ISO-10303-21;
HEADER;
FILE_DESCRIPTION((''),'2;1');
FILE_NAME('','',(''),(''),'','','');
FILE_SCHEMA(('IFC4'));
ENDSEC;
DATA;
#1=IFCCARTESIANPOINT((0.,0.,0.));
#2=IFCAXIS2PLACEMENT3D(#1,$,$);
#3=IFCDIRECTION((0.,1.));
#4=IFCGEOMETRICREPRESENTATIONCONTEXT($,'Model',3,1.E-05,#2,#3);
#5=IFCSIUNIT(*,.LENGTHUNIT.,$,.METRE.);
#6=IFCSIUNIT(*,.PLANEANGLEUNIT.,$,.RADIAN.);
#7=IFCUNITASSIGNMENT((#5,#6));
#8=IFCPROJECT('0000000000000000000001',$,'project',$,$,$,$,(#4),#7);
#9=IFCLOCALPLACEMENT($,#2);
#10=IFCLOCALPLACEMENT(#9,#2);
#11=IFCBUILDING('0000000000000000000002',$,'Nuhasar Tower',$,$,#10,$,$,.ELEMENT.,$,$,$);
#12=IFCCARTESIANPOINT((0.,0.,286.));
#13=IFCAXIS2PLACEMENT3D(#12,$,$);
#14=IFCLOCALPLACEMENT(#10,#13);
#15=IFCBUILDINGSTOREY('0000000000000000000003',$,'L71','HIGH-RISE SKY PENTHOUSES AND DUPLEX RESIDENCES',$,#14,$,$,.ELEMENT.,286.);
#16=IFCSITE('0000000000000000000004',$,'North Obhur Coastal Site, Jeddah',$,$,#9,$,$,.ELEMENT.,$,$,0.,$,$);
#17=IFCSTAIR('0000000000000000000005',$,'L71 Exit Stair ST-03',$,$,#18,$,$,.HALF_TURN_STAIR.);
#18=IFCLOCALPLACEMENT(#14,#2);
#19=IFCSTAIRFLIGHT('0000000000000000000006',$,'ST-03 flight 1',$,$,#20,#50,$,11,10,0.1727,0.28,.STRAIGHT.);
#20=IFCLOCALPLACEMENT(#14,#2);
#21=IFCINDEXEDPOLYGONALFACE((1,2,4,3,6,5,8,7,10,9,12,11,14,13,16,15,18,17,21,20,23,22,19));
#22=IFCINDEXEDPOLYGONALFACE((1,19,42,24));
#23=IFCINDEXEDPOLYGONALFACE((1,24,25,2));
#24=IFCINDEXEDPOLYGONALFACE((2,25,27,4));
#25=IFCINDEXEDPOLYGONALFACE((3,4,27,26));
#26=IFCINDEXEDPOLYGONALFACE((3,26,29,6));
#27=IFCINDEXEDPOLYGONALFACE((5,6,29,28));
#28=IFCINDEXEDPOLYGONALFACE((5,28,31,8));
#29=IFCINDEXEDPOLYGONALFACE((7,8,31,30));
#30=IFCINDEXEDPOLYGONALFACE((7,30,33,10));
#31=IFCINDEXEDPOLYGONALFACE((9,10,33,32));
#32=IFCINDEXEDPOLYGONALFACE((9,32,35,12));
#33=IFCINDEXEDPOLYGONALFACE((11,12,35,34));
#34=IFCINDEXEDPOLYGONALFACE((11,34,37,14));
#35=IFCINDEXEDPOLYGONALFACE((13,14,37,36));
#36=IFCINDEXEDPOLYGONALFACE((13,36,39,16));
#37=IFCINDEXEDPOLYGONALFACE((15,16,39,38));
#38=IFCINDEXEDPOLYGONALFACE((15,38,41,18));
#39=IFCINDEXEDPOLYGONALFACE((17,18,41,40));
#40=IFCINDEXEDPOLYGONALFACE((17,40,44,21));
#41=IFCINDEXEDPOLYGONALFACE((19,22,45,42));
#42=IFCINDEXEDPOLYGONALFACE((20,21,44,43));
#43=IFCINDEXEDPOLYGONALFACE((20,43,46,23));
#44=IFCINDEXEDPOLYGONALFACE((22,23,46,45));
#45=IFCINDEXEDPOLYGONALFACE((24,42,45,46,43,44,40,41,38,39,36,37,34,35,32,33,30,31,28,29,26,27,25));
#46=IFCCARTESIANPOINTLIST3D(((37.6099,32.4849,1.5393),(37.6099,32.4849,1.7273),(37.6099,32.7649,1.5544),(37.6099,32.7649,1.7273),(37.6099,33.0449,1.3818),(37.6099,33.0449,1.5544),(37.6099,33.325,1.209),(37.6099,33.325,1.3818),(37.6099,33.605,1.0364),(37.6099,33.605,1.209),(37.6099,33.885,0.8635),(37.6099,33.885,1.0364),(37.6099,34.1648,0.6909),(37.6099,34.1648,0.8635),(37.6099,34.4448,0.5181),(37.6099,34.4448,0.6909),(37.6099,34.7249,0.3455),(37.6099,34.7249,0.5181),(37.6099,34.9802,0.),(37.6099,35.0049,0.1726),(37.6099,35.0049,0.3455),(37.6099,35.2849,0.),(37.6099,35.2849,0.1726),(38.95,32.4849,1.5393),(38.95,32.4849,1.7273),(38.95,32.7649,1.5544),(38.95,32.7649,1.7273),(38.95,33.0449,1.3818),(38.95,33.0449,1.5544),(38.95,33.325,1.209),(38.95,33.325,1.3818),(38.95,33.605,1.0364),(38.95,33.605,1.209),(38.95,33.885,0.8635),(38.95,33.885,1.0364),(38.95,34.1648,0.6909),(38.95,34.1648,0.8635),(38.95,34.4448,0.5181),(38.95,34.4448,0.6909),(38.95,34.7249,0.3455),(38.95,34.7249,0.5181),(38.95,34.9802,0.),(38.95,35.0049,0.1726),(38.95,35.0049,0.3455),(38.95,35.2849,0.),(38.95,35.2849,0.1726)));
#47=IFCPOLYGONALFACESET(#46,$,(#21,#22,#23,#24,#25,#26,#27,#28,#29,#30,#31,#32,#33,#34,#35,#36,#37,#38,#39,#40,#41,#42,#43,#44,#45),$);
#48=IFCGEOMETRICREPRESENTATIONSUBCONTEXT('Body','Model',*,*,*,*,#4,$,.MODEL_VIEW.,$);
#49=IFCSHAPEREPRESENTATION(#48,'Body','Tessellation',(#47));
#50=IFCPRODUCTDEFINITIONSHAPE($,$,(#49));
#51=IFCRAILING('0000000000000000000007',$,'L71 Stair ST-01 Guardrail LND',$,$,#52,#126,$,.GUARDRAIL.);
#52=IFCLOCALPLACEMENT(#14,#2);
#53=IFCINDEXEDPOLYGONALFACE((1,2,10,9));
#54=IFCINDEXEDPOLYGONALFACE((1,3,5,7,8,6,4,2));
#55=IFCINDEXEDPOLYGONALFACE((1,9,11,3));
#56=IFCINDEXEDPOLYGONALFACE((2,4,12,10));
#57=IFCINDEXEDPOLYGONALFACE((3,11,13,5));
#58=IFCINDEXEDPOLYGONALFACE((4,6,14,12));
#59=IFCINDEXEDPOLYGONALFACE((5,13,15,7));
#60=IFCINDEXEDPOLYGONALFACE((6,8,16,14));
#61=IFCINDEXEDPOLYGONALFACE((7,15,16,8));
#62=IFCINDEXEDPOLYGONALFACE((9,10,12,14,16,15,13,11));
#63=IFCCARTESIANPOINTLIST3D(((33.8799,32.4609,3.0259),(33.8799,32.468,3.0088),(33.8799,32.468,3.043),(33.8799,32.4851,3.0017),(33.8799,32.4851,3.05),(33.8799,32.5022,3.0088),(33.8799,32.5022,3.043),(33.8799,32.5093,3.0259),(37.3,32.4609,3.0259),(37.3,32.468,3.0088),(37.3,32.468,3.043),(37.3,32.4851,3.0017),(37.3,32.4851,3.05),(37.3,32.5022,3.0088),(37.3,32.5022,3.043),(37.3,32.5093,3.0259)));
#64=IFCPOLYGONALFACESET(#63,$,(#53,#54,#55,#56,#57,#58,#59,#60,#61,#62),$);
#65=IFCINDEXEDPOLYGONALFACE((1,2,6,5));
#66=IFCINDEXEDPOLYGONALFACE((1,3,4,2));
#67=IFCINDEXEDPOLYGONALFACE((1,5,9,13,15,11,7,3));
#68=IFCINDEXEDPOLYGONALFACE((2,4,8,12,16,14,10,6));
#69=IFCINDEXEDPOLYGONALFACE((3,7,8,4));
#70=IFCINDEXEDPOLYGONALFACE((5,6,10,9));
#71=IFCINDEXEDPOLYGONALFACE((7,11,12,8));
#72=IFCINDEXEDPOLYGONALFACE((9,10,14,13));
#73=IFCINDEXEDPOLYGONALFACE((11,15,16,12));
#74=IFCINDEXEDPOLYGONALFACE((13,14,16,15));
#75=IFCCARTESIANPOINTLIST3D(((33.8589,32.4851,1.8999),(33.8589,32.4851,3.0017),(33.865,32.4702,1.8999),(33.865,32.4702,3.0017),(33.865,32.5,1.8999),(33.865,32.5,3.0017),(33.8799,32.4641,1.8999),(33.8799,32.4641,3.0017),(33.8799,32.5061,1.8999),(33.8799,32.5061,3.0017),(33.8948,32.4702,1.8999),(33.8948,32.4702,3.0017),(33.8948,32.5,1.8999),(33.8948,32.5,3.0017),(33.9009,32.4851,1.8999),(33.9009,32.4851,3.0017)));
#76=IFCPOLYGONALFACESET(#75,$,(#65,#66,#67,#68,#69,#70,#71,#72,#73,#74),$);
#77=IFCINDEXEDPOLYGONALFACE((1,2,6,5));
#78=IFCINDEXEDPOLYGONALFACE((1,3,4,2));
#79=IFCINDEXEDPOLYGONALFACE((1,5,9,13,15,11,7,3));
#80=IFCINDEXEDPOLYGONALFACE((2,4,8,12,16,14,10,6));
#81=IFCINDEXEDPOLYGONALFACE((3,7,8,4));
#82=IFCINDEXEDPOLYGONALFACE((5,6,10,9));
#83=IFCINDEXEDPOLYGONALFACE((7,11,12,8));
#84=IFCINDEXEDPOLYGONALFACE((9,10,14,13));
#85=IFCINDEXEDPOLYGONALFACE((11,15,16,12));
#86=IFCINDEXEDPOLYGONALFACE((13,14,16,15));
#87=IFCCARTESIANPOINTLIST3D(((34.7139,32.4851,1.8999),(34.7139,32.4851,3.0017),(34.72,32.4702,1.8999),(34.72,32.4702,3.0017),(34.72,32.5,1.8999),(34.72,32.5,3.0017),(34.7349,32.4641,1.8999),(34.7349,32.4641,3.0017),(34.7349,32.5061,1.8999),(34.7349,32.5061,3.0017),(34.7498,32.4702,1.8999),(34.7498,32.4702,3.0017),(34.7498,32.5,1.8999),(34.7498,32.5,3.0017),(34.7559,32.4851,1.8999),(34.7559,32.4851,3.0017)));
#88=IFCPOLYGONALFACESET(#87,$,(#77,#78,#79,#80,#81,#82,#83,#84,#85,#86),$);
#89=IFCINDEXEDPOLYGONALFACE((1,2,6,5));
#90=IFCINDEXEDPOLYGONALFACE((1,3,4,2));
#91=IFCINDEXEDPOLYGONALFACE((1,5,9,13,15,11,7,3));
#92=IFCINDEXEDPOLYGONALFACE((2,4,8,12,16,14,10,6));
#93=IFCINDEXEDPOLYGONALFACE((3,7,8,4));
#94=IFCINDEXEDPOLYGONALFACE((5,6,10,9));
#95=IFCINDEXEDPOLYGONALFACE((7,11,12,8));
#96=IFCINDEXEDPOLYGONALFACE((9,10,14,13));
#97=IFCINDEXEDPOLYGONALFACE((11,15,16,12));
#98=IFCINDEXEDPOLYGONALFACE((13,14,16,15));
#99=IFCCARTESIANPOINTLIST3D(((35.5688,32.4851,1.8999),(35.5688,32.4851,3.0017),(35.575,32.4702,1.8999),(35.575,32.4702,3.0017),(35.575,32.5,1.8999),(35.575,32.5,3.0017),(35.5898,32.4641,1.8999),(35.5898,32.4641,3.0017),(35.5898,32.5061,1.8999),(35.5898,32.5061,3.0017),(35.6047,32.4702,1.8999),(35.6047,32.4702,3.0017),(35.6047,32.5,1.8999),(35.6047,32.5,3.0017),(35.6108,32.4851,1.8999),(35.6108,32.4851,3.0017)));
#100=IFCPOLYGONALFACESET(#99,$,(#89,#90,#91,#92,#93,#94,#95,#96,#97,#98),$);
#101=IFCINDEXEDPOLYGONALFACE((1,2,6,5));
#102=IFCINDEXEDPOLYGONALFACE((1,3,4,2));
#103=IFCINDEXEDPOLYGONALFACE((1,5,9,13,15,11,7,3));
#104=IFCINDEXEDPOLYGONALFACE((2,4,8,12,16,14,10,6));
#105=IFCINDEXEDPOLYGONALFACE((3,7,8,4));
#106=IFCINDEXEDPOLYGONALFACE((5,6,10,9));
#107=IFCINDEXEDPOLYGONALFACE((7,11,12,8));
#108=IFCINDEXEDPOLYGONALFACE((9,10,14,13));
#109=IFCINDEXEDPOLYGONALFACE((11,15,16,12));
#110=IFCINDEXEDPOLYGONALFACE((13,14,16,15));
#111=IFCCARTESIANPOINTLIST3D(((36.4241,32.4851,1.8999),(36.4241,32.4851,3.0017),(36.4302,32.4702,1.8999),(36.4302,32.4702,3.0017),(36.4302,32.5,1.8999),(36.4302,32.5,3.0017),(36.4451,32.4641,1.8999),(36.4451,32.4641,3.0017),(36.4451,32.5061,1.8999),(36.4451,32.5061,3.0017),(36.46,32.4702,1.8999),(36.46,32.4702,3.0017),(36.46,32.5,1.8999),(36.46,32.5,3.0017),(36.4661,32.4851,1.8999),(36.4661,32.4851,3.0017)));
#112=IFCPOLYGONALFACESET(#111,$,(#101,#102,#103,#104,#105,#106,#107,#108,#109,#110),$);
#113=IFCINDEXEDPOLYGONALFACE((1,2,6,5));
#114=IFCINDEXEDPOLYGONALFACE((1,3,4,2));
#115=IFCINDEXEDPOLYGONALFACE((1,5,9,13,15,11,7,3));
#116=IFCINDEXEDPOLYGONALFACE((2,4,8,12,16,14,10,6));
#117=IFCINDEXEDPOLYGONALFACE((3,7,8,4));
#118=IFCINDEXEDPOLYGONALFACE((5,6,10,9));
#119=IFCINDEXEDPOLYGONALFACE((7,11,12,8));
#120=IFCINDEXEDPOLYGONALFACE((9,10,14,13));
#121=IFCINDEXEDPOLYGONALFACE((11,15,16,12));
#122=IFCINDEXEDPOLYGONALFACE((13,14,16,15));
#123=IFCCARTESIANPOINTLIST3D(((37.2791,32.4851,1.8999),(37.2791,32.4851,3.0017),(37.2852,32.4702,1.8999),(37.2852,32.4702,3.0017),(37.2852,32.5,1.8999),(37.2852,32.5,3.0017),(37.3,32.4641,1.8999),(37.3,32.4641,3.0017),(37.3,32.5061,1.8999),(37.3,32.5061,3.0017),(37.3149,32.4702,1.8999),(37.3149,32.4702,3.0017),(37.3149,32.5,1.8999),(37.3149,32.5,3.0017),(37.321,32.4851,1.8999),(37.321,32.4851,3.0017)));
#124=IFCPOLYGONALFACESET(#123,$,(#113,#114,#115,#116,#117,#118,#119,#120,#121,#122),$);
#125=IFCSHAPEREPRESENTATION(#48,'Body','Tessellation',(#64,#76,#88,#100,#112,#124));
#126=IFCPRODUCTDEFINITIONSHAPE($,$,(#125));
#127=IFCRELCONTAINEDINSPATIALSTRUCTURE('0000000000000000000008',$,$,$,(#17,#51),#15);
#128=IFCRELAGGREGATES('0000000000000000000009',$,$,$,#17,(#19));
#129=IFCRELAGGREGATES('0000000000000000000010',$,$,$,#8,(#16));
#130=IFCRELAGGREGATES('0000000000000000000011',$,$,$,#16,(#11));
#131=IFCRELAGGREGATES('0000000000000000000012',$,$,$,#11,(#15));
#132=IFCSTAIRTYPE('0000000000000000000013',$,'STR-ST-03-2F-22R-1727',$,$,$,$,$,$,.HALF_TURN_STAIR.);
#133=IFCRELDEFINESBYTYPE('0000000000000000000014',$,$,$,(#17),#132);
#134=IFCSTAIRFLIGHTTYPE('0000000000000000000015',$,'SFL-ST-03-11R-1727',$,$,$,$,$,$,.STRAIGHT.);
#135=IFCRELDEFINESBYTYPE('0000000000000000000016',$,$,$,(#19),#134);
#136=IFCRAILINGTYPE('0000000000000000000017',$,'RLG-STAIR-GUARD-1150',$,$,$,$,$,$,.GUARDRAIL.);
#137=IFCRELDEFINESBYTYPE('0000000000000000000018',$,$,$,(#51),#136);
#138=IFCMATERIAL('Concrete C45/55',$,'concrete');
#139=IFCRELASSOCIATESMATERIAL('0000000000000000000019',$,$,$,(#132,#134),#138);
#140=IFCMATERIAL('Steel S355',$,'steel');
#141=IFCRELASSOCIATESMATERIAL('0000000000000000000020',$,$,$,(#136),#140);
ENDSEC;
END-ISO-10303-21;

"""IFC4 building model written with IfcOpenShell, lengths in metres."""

from ifc_helpers import new_model, si_unit, direction, frame, origin, place, context, subcontext, project, spatial, polyline, outline, extrude, material, type_object, element, aggregate, save


model = new_model("IFC4")

# Units and contexts
model_context = context("Model", 3, precision=1e-05, world=origin(), true_north=direction((0.0, 1.0)))
body_context = subcontext(model_context, "Body", "Model", "MODEL_VIEW")
ifc_project = project(units=[si_unit("LENGTHUNIT", "METRE"), si_unit("PLANEANGLEUNIT", "RADIAN")], contexts=[model_context])

# Site, building, storey
site_placement = place(None, origin())
site = spatial("IfcSite", under=ifc_project, at=site_placement, Name="North Obhur Coastal Site, Jeddah", CompositionType="ELEMENT", RefElevation=0.0)
building_placement = place(site_placement, origin())
building = spatial("IfcBuilding", under=site, at=building_placement, Name="Nuhasar Tower", CompositionType="ELEMENT")
storey_placement = place(building_placement, frame((0.0, 0.0, 286.0)))
storey = spatial("IfcBuildingStorey", under=building, at=storey_placement, Name="L71", Description="HIGH-RISE SKY PENTHOUSES AND DUPLEX RESIDENCES", CompositionType="ELEMENT", Elevation=286.0)

# Shared definitions
ifc_material_1 = material(Name="Steel S355", Category="steel")

# Shared definitions
ifc_material_2 = material(Name="Concrete C45/55", Category="concrete")

# Stair, stair flight
stair_type_1 = type_object("IfcStairType", Name="STR-ST-03-2F-22R-1727", PredefinedType="HALF_TURN_STAIR", material=ifc_material_2)
stair_1_placement = place(storey_placement, origin())
stair_1 = element("IfcStair", 1, at=stair_1_placement, inside=storey, type_object=stair_type_1, Name="L71 Exit Stair ST-03", PredefinedType="HALF_TURN_STAIR")
stair_flight_type_1 = type_object("IfcStairFlightType", Name="SFL-ST-03-11R-1727", PredefinedType="STRAIGHT", material=ifc_material_2)
stair_flight_1_placement = place(storey_placement, frame((38.28, 35.2849, 0.0), z_axis=(0.0, 0.0, 1.0), x_axis=(0.0, -1.0, 0.0)))
stair_flight_1 = element("IfcStairFlight", 2, at=stair_flight_1_placement, type_object=stair_flight_type_1, Name="ST-03 flight 1", NumberOfRisers=11, NumberOfTreads=10, PredefinedType="STRAIGHT", RiserHeight=0.1727, TreadLength=0.28, context=body_context, shape_type="SweptSolid", body=[
    extrude(outline(polyline([(0.0, 0.0), (0.0, 0.1726), (0.28, 0.1726), (0.28, 0.3455), (0.5601, 0.3455), (0.5601, 0.5181), (0.8401, 0.5181), (0.8401, 0.6909), (1.1201, 0.6909), (1.1201, 0.8635), (1.3999, 0.8635), (1.3999, 1.0364), (1.6799, 1.0364), (1.6799, 1.209), (1.96, 1.209), (1.96, 1.3818), (2.24, 1.3818), (2.24, 1.5544), (2.52, 1.5544), (2.52, 1.7273), (2.8, 1.7273), (2.8, 1.8999), (2.8, 1.5393), (0.3047, 0.0), (0.0, 0.0)])), frame((0.0, 0.6699, 0.0), z_axis=(0.0, -1.0, 0.0), x_axis=(1.0, 0.0, 0.0)), (0.0, 0.0, 1.0), 1.3401),
])
aggregate(stair_1, [stair_flight_1])

# Railing
railing_type_1 = type_object("IfcRailingType", Name="RLG-STAIR-GUARD-1150", PredefinedType="GUARDRAIL", material=ifc_material_1)
railing_1_placement = place(storey_placement, frame((33.8799, 32.4851, 1.8999)))
element("IfcRailing", 3, at=railing_1_placement, inside=storey, type_object=railing_type_1, Name="L71 Stair ST-01 Guardrail LND", PredefinedType="GUARDRAIL", context=body_context, shape_type="SweptSolid", body=[
    extrude(outline(polyline([(0.0242, 0.0), (0.0171, 0.0171), (0.0, 0.0242), (-0.0171, 0.0171), (-0.0242, 0.0), (-0.0171, -0.0171), (0.0, -0.0242), (0.0171, -0.0171), (0.0242, 0.0)])), frame((0.0, 0.0, 1.126), z_axis=(1.0, 0.0, 0.0), x_axis=(0.0, 1.0, 0.0)), (0.0, 0.0, 1.0), 3.4202),
    extrude(outline(polyline([(0.021, 0.0), (0.0149, 0.0149), (0.0, 0.021), (-0.0149, 0.0149), (-0.021, 0.0), (-0.0149, -0.0149), (0.0, -0.021), (0.0149, -0.0149), (0.021, 0.0)])), origin(), (0.0, 0.0, 1.0), 1.1018),
    extrude(outline(polyline([(0.021, 0.0), (0.0149, 0.0149), (0.0, 0.021), (-0.0149, 0.0149), (-0.021, 0.0), (-0.0149, -0.0149), (0.0, -0.021), (0.0149, -0.0149), (0.021, 0.0)])), frame((0.855, 0.0, 0.0)), (0.0, 0.0, 1.0), 1.1018),
    extrude(outline(polyline([(0.021, 0.0), (0.0149, 0.0149), (0.0, 0.021), (-0.0149, 0.0149), (-0.021, 0.0), (-0.0149, -0.0149), (0.0, -0.021), (0.0149, -0.0149), (0.021, 0.0)])), frame((1.71, 0.0, 0.0)), (0.0, 0.0, 1.0), 1.1018),
    extrude(outline(polyline([(0.021, 0.0), (0.0149, 0.0149), (0.0, 0.021), (-0.0149, 0.0149), (-0.021, 0.0), (-0.0149, -0.0149), (0.0, -0.021), (0.0149, -0.0149), (0.021, 0.0)])), frame((2.5652, 0.0, 0.0)), (0.0, 0.0, 1.0), 1.1018),
    extrude(outline(polyline([(0.021, 0.0), (0.0149, 0.0149), (0.0, 0.021), (-0.0149, 0.0149), (-0.021, 0.0), (-0.0149, -0.0149), (0.0, -0.021), (0.0149, -0.0149), (0.021, 0.0)])), frame((3.4202, 0.0, 0.0)), (0.0, 0.0, 1.0), 1.1018),
])

save(model, "model.ifc")
